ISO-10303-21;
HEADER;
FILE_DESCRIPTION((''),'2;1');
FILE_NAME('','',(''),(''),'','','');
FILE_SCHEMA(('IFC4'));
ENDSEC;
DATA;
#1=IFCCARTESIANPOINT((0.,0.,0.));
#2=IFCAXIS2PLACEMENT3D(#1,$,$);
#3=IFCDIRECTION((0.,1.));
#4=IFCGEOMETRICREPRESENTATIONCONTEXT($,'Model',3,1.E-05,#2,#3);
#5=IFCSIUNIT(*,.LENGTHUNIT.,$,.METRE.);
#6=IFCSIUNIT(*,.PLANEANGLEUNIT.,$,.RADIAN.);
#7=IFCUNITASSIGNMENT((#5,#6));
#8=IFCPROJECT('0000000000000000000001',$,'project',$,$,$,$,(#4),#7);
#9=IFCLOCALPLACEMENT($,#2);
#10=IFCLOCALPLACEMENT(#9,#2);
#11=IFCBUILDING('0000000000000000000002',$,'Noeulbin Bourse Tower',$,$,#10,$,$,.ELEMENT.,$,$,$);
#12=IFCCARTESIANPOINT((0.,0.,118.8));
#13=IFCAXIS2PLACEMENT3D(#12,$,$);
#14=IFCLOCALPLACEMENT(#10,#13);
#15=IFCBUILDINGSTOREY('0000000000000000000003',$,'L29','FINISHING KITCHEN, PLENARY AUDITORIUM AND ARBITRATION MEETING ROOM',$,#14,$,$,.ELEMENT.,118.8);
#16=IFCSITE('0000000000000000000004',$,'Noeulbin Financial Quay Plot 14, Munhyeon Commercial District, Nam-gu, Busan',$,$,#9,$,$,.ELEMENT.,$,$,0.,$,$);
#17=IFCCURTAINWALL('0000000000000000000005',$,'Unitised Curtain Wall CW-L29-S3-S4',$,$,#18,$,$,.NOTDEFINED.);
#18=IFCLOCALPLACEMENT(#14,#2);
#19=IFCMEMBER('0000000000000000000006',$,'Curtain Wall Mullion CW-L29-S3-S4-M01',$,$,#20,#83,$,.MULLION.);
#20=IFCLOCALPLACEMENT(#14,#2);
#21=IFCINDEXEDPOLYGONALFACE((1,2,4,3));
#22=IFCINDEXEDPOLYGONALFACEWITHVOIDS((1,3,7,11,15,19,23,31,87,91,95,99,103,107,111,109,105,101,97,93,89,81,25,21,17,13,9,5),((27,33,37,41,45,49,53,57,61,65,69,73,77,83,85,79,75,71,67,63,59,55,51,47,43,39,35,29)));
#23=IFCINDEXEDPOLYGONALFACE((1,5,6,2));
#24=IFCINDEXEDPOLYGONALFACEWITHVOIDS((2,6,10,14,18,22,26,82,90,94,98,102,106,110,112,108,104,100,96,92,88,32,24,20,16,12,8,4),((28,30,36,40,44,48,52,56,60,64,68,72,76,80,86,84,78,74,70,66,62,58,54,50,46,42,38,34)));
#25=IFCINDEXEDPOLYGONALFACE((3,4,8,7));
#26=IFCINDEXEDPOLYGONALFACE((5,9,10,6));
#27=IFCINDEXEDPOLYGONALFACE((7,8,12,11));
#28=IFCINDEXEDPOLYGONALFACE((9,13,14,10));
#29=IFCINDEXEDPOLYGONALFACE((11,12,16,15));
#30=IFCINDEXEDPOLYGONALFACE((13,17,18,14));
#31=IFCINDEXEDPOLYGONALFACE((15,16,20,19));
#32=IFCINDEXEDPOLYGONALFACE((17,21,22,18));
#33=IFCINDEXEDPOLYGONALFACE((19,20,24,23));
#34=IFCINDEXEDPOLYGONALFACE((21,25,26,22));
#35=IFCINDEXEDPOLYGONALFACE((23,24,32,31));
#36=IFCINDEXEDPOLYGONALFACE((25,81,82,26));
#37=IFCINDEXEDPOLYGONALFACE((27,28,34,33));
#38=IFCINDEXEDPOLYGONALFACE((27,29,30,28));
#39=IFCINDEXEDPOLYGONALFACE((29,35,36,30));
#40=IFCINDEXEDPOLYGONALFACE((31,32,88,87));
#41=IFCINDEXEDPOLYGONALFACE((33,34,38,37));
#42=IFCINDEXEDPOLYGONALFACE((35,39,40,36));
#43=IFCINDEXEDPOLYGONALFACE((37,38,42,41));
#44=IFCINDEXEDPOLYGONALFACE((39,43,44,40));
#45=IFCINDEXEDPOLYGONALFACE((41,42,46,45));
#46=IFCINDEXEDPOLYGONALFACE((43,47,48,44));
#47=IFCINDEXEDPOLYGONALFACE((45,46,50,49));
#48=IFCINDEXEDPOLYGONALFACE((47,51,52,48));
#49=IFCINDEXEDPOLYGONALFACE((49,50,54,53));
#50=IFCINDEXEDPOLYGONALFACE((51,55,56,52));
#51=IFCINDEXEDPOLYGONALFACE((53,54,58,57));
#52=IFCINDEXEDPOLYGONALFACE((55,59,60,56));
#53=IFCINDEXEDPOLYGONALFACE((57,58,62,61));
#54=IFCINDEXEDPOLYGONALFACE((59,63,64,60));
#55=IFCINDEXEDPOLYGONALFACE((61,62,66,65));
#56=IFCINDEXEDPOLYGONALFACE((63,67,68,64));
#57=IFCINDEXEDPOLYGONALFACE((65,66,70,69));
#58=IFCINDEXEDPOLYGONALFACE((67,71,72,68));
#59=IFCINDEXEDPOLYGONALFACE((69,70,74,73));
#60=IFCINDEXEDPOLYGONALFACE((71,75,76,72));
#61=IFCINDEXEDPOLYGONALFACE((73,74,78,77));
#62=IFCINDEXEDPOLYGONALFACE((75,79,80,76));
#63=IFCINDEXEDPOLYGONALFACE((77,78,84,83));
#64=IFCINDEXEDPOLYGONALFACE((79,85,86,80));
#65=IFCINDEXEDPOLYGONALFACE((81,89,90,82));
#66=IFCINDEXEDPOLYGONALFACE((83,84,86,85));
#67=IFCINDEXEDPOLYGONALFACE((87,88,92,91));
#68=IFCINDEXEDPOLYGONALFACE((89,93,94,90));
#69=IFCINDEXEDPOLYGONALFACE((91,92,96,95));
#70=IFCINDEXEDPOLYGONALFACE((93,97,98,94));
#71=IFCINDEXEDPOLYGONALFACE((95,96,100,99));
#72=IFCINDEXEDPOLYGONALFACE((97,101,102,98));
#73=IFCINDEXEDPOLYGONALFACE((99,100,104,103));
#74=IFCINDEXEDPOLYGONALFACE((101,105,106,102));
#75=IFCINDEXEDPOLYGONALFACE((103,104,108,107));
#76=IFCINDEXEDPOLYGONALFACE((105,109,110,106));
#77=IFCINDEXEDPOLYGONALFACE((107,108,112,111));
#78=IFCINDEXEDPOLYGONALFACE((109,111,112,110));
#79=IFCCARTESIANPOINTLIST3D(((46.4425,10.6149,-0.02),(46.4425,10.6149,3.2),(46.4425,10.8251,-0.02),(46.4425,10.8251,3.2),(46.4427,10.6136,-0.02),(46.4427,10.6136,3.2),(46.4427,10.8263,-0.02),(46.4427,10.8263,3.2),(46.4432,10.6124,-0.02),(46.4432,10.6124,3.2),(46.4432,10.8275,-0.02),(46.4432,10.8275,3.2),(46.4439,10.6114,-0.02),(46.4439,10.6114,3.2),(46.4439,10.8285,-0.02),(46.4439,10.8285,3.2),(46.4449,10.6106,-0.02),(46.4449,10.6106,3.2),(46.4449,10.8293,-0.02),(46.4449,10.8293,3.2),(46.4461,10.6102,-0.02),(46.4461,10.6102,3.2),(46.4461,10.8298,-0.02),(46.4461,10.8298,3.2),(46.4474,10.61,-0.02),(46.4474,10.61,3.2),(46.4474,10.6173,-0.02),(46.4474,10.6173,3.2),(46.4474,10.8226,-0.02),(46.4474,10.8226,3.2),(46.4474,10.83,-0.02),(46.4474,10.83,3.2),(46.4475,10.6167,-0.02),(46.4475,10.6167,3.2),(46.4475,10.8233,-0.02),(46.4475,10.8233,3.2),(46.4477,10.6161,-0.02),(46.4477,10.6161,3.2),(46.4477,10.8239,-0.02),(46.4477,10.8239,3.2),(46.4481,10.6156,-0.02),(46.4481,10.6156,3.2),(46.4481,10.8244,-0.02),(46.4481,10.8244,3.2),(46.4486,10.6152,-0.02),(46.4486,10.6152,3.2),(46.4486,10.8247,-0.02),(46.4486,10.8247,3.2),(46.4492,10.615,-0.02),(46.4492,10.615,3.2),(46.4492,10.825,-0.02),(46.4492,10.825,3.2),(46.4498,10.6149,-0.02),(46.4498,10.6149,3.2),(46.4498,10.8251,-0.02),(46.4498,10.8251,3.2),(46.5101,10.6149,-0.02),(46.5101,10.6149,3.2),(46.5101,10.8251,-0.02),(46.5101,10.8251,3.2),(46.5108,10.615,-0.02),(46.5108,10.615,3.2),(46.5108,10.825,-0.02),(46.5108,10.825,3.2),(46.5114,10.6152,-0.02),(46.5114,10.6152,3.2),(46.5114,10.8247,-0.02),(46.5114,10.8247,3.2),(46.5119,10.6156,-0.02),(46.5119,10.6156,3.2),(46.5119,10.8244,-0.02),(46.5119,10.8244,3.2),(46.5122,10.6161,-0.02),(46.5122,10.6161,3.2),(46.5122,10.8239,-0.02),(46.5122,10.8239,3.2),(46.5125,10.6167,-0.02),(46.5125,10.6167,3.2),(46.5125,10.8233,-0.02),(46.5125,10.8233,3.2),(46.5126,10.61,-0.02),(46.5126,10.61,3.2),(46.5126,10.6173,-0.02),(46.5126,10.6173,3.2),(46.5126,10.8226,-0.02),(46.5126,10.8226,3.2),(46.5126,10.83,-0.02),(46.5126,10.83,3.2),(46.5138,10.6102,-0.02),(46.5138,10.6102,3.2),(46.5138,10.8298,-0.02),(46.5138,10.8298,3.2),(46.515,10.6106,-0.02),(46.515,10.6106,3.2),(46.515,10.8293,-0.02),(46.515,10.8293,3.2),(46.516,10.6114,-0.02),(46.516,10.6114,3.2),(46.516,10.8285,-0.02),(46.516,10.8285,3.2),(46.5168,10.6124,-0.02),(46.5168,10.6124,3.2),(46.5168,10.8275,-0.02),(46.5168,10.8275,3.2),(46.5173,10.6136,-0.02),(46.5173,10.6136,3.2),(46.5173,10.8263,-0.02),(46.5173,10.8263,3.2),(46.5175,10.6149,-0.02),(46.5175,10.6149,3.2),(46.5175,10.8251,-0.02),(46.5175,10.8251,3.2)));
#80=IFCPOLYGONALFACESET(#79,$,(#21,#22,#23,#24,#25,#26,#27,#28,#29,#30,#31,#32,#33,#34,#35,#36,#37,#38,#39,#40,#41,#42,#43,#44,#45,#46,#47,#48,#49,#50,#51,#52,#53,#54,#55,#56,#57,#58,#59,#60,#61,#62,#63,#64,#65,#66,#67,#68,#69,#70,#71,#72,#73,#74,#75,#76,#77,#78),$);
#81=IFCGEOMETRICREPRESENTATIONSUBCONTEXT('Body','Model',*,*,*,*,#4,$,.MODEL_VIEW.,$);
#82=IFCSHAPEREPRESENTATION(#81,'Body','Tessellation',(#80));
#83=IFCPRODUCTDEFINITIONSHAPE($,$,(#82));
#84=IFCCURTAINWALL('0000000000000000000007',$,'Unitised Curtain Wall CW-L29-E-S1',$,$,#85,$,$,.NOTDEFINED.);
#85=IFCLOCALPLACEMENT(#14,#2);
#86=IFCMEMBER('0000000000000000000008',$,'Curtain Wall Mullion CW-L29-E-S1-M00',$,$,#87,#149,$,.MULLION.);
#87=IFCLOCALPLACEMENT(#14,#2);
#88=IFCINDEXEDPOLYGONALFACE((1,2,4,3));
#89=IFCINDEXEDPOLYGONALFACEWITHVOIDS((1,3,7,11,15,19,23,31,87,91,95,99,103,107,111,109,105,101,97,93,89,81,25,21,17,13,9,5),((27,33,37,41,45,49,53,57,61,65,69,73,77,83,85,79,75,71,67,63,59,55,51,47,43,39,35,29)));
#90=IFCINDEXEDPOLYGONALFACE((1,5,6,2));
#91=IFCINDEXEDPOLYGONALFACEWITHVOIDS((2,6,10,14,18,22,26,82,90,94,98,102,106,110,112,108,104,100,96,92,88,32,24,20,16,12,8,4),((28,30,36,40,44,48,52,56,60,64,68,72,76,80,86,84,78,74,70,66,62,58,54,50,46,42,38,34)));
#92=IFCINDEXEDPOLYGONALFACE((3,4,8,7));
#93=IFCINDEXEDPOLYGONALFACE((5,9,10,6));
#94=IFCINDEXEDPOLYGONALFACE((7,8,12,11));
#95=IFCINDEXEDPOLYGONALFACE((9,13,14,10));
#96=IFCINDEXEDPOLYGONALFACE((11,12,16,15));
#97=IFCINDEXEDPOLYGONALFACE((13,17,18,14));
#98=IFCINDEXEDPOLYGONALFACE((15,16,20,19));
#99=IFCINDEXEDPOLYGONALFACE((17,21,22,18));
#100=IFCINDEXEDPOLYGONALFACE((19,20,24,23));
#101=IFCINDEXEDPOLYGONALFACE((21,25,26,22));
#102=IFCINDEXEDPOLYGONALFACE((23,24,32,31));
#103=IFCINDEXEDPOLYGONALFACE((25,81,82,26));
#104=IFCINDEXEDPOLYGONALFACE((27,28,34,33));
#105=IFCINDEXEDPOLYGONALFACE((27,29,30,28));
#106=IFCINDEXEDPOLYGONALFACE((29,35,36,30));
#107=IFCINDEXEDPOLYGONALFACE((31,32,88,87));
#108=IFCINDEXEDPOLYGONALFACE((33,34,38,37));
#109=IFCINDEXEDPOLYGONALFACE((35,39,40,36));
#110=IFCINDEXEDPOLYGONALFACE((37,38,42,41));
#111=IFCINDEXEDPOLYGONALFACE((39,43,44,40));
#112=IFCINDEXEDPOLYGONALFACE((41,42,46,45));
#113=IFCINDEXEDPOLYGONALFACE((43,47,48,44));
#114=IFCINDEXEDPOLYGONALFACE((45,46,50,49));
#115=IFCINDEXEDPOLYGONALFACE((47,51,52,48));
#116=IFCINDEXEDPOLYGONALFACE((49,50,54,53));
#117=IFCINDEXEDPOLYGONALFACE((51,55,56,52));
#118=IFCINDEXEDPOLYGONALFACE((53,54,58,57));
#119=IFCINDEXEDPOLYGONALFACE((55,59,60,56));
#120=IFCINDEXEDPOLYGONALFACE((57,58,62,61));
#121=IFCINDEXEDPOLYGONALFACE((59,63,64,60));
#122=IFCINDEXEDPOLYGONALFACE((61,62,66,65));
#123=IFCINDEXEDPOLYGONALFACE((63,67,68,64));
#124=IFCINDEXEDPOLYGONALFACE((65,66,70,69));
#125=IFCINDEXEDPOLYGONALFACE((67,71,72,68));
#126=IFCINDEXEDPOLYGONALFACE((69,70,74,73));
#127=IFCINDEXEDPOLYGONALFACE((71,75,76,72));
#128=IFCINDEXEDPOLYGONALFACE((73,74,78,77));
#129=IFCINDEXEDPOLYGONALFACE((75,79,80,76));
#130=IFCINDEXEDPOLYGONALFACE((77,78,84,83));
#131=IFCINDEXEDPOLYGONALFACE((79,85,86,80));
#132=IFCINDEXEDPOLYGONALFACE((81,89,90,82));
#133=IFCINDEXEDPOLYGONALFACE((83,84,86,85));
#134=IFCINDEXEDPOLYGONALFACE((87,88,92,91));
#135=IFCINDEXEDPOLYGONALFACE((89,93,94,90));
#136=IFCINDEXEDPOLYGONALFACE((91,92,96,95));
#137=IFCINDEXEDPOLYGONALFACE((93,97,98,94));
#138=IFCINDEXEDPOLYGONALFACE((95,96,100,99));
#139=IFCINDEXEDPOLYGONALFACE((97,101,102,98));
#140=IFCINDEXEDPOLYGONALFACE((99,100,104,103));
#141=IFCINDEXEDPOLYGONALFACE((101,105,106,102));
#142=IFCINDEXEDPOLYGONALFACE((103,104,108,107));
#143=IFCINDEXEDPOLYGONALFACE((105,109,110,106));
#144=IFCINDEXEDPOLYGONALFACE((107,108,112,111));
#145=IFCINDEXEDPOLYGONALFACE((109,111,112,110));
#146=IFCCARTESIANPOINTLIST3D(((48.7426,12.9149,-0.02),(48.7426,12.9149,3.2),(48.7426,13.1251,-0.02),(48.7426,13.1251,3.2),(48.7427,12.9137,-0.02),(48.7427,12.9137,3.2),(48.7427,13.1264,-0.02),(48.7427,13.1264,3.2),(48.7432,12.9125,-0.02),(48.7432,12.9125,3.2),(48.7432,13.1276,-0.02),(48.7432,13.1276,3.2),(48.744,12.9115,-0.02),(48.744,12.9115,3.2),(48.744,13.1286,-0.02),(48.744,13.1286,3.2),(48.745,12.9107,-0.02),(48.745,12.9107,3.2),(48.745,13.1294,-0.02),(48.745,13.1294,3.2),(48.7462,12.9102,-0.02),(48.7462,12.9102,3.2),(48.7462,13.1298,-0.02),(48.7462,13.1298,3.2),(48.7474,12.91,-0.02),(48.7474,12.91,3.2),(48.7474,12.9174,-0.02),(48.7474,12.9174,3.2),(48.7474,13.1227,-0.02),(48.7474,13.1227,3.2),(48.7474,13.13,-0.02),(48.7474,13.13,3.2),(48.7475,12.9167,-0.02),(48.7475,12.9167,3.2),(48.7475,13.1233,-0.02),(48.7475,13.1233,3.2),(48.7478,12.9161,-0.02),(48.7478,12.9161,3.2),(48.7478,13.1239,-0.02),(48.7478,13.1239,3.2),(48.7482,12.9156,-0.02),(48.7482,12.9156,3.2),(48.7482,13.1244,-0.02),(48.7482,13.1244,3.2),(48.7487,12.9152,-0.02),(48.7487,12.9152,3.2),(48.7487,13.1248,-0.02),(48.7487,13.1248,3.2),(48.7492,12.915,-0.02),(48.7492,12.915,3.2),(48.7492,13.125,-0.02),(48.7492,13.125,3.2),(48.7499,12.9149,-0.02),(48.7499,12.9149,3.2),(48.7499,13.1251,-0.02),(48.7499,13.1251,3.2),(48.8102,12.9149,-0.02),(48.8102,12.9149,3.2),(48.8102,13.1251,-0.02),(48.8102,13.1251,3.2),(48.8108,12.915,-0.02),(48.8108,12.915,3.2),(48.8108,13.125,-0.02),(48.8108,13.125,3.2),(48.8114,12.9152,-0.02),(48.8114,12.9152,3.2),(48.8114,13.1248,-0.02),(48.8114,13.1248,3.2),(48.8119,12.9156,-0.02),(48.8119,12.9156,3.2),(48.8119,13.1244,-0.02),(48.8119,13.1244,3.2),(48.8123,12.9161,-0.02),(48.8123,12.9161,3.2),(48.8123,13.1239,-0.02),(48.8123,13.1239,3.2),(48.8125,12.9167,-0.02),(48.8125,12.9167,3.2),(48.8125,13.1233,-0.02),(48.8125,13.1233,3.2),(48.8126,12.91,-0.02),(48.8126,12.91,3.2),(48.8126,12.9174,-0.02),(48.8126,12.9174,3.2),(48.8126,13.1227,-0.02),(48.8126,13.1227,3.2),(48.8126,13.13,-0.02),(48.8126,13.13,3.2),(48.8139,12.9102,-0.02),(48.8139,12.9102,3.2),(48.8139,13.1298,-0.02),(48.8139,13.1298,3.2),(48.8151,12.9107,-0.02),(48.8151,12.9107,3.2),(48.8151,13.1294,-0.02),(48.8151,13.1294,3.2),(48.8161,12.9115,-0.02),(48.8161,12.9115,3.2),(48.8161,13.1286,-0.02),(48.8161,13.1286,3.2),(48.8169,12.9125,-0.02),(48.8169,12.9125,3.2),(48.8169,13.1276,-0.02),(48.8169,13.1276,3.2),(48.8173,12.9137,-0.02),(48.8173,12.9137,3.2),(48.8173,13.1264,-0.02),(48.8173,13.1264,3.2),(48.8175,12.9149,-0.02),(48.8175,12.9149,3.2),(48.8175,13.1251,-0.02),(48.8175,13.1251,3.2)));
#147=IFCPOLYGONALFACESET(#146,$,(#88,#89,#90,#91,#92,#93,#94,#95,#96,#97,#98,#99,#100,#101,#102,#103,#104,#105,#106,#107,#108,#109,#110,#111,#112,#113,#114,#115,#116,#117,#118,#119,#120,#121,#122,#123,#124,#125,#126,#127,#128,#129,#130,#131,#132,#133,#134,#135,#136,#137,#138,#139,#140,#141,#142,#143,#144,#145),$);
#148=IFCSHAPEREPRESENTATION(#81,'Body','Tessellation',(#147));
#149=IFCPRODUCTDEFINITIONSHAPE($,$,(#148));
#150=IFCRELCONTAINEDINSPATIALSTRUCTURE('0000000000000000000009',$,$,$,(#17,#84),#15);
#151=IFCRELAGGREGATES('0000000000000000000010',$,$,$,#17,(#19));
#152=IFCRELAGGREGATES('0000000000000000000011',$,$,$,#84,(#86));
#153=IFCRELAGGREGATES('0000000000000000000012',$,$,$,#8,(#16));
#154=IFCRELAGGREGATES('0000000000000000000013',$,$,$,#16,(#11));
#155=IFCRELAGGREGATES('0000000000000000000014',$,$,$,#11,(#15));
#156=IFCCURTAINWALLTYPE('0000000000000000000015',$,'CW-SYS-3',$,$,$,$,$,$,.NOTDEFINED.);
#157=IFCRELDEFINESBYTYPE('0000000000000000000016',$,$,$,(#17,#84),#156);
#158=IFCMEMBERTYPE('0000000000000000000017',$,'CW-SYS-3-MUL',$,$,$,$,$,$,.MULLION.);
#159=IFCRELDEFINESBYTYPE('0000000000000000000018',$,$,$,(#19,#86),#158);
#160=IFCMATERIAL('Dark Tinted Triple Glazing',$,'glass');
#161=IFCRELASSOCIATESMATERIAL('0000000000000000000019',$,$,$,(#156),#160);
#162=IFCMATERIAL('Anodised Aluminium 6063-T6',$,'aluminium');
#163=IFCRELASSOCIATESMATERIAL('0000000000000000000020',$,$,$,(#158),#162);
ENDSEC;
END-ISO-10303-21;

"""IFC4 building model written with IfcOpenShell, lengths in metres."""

from ifc_helpers import new_model, si_unit, direction, frame, origin, origin_2d, place, context, subcontext, project, spatial, hollow_rectangle, extrude, material, material_profile, profile_set, type_object, element, aggregate, save


model = new_model("IFC4")

# Units and contexts
model_context = context("Model", 3, precision=1e-05, world=origin(), true_north=direction((0.0, 1.0)))
body_context = subcontext(model_context, "Body", "Model", "MODEL_VIEW")
ifc_project = project(units=[si_unit("LENGTHUNIT", "METRE"), si_unit("PLANEANGLEUNIT", "RADIAN")], contexts=[model_context])

# Site, building, storey
site_placement = place(None, origin())
site = spatial("IfcSite", under=ifc_project, at=site_placement, Name="Noeulbin Financial Quay Plot 14, Munhyeon Commercial District, Nam-gu, Busan", CompositionType="ELEMENT", RefElevation=0.0)
building_placement = place(site_placement, origin())
building = spatial("IfcBuilding", under=site, at=building_placement, Name="Noeulbin Bourse Tower", CompositionType="ELEMENT")
storey_placement = place(building_placement, frame((0.0, 0.0, 118.8)))
storey = spatial("IfcBuildingStorey", under=building, at=storey_placement, Name="L29", Description="FINISHING KITCHEN, PLENARY AUDITORIUM AND ARBITRATION MEETING ROOM", CompositionType="ELEMENT", Elevation=118.8)

# Curtain walls, members
ifc_material_1 = material(Name="Dark Tinted Triple Glazing", Category="glass")
curtain_wall_type = type_object("IfcCurtainWallType", Name="CW-SYS-3", PredefinedType="NOTDEFINED", material=ifc_material_1)
curtain_wall_1_placement = place(storey_placement, origin())
curtain_wall_1 = element("IfcCurtainWall", 1, at=curtain_wall_1_placement, inside=storey, type_object=curtain_wall_type, Name="Unitised Curtain Wall CW-L29-S3-S4", PredefinedType="NOTDEFINED")
ifc_material_2 = material(Name="Anodised Aluminium 6063-T6", Category="aluminium")
ifc_material_profile_1 = material_profile(ifc_material_2, hollow_rectangle(XDim=0.075, YDim=0.22, WallThickness=0.0049, InnerFilletRadius=0.0024, OuterFilletRadius=0.0049, at=origin_2d()), Name="ALU-MULL-75x220x5", Category="LoadBearing")
ifc_profile_set_1 = profile_set([ifc_material_profile_1], Name="Anodised Aluminium 6063-T6")
member_type_1 = type_object("IfcMemberType", Name="CW-SYS-3-MUL", PredefinedType="MULLION", material=ifc_profile_set_1)
member_1_placement = place(storey_placement, frame((46.48, 10.72, -0.02), z_axis=(0.0, 0.0, 1.0), x_axis=(1.0, 0.0, 0.0)))
member_1 = element("IfcMember", 2, at=member_1_placement, type_object=member_type_1, Name="Curtain Wall Mullion CW-L29-S3-S4-M01", PredefinedType="MULLION", context=body_context, shape_type="SweptSolid", body=[
    extrude(hollow_rectangle(XDim=0.075, YDim=0.22, WallThickness=0.0049, InnerFilletRadius=0.0024, OuterFilletRadius=0.0049, at=origin_2d()), origin(), (0.0, 0.0, 1.0), 3.22),
])
curtain_wall_2_placement = place(storey_placement, origin())
curtain_wall_2 = element("IfcCurtainWall", 3, at=curtain_wall_2_placement, inside=storey, type_object=curtain_wall_type, Name="Unitised Curtain Wall CW-L29-E-S1", PredefinedType="NOTDEFINED")
member_2_placement = place(storey_placement, frame((48.78, 13.02, -0.02), z_axis=(0.0, 0.0, 1.0), x_axis=(1.0, 0.0, 0.0)))
member_2 = element("IfcMember", 4, at=member_2_placement, type_object=member_type_1, Name="Curtain Wall Mullion CW-L29-E-S1-M00", PredefinedType="MULLION", context=body_context, shape_type="SweptSolid", body=[
    extrude(hollow_rectangle(XDim=0.075, YDim=0.22, WallThickness=0.0049, InnerFilletRadius=0.0024, OuterFilletRadius=0.0049, at=origin_2d()), origin(), (0.0, 0.0, 1.0), 3.22),
])

aggregate(curtain_wall_1, [member_1])
aggregate(curtain_wall_2, [member_2])

save(model, "model.ifc")
